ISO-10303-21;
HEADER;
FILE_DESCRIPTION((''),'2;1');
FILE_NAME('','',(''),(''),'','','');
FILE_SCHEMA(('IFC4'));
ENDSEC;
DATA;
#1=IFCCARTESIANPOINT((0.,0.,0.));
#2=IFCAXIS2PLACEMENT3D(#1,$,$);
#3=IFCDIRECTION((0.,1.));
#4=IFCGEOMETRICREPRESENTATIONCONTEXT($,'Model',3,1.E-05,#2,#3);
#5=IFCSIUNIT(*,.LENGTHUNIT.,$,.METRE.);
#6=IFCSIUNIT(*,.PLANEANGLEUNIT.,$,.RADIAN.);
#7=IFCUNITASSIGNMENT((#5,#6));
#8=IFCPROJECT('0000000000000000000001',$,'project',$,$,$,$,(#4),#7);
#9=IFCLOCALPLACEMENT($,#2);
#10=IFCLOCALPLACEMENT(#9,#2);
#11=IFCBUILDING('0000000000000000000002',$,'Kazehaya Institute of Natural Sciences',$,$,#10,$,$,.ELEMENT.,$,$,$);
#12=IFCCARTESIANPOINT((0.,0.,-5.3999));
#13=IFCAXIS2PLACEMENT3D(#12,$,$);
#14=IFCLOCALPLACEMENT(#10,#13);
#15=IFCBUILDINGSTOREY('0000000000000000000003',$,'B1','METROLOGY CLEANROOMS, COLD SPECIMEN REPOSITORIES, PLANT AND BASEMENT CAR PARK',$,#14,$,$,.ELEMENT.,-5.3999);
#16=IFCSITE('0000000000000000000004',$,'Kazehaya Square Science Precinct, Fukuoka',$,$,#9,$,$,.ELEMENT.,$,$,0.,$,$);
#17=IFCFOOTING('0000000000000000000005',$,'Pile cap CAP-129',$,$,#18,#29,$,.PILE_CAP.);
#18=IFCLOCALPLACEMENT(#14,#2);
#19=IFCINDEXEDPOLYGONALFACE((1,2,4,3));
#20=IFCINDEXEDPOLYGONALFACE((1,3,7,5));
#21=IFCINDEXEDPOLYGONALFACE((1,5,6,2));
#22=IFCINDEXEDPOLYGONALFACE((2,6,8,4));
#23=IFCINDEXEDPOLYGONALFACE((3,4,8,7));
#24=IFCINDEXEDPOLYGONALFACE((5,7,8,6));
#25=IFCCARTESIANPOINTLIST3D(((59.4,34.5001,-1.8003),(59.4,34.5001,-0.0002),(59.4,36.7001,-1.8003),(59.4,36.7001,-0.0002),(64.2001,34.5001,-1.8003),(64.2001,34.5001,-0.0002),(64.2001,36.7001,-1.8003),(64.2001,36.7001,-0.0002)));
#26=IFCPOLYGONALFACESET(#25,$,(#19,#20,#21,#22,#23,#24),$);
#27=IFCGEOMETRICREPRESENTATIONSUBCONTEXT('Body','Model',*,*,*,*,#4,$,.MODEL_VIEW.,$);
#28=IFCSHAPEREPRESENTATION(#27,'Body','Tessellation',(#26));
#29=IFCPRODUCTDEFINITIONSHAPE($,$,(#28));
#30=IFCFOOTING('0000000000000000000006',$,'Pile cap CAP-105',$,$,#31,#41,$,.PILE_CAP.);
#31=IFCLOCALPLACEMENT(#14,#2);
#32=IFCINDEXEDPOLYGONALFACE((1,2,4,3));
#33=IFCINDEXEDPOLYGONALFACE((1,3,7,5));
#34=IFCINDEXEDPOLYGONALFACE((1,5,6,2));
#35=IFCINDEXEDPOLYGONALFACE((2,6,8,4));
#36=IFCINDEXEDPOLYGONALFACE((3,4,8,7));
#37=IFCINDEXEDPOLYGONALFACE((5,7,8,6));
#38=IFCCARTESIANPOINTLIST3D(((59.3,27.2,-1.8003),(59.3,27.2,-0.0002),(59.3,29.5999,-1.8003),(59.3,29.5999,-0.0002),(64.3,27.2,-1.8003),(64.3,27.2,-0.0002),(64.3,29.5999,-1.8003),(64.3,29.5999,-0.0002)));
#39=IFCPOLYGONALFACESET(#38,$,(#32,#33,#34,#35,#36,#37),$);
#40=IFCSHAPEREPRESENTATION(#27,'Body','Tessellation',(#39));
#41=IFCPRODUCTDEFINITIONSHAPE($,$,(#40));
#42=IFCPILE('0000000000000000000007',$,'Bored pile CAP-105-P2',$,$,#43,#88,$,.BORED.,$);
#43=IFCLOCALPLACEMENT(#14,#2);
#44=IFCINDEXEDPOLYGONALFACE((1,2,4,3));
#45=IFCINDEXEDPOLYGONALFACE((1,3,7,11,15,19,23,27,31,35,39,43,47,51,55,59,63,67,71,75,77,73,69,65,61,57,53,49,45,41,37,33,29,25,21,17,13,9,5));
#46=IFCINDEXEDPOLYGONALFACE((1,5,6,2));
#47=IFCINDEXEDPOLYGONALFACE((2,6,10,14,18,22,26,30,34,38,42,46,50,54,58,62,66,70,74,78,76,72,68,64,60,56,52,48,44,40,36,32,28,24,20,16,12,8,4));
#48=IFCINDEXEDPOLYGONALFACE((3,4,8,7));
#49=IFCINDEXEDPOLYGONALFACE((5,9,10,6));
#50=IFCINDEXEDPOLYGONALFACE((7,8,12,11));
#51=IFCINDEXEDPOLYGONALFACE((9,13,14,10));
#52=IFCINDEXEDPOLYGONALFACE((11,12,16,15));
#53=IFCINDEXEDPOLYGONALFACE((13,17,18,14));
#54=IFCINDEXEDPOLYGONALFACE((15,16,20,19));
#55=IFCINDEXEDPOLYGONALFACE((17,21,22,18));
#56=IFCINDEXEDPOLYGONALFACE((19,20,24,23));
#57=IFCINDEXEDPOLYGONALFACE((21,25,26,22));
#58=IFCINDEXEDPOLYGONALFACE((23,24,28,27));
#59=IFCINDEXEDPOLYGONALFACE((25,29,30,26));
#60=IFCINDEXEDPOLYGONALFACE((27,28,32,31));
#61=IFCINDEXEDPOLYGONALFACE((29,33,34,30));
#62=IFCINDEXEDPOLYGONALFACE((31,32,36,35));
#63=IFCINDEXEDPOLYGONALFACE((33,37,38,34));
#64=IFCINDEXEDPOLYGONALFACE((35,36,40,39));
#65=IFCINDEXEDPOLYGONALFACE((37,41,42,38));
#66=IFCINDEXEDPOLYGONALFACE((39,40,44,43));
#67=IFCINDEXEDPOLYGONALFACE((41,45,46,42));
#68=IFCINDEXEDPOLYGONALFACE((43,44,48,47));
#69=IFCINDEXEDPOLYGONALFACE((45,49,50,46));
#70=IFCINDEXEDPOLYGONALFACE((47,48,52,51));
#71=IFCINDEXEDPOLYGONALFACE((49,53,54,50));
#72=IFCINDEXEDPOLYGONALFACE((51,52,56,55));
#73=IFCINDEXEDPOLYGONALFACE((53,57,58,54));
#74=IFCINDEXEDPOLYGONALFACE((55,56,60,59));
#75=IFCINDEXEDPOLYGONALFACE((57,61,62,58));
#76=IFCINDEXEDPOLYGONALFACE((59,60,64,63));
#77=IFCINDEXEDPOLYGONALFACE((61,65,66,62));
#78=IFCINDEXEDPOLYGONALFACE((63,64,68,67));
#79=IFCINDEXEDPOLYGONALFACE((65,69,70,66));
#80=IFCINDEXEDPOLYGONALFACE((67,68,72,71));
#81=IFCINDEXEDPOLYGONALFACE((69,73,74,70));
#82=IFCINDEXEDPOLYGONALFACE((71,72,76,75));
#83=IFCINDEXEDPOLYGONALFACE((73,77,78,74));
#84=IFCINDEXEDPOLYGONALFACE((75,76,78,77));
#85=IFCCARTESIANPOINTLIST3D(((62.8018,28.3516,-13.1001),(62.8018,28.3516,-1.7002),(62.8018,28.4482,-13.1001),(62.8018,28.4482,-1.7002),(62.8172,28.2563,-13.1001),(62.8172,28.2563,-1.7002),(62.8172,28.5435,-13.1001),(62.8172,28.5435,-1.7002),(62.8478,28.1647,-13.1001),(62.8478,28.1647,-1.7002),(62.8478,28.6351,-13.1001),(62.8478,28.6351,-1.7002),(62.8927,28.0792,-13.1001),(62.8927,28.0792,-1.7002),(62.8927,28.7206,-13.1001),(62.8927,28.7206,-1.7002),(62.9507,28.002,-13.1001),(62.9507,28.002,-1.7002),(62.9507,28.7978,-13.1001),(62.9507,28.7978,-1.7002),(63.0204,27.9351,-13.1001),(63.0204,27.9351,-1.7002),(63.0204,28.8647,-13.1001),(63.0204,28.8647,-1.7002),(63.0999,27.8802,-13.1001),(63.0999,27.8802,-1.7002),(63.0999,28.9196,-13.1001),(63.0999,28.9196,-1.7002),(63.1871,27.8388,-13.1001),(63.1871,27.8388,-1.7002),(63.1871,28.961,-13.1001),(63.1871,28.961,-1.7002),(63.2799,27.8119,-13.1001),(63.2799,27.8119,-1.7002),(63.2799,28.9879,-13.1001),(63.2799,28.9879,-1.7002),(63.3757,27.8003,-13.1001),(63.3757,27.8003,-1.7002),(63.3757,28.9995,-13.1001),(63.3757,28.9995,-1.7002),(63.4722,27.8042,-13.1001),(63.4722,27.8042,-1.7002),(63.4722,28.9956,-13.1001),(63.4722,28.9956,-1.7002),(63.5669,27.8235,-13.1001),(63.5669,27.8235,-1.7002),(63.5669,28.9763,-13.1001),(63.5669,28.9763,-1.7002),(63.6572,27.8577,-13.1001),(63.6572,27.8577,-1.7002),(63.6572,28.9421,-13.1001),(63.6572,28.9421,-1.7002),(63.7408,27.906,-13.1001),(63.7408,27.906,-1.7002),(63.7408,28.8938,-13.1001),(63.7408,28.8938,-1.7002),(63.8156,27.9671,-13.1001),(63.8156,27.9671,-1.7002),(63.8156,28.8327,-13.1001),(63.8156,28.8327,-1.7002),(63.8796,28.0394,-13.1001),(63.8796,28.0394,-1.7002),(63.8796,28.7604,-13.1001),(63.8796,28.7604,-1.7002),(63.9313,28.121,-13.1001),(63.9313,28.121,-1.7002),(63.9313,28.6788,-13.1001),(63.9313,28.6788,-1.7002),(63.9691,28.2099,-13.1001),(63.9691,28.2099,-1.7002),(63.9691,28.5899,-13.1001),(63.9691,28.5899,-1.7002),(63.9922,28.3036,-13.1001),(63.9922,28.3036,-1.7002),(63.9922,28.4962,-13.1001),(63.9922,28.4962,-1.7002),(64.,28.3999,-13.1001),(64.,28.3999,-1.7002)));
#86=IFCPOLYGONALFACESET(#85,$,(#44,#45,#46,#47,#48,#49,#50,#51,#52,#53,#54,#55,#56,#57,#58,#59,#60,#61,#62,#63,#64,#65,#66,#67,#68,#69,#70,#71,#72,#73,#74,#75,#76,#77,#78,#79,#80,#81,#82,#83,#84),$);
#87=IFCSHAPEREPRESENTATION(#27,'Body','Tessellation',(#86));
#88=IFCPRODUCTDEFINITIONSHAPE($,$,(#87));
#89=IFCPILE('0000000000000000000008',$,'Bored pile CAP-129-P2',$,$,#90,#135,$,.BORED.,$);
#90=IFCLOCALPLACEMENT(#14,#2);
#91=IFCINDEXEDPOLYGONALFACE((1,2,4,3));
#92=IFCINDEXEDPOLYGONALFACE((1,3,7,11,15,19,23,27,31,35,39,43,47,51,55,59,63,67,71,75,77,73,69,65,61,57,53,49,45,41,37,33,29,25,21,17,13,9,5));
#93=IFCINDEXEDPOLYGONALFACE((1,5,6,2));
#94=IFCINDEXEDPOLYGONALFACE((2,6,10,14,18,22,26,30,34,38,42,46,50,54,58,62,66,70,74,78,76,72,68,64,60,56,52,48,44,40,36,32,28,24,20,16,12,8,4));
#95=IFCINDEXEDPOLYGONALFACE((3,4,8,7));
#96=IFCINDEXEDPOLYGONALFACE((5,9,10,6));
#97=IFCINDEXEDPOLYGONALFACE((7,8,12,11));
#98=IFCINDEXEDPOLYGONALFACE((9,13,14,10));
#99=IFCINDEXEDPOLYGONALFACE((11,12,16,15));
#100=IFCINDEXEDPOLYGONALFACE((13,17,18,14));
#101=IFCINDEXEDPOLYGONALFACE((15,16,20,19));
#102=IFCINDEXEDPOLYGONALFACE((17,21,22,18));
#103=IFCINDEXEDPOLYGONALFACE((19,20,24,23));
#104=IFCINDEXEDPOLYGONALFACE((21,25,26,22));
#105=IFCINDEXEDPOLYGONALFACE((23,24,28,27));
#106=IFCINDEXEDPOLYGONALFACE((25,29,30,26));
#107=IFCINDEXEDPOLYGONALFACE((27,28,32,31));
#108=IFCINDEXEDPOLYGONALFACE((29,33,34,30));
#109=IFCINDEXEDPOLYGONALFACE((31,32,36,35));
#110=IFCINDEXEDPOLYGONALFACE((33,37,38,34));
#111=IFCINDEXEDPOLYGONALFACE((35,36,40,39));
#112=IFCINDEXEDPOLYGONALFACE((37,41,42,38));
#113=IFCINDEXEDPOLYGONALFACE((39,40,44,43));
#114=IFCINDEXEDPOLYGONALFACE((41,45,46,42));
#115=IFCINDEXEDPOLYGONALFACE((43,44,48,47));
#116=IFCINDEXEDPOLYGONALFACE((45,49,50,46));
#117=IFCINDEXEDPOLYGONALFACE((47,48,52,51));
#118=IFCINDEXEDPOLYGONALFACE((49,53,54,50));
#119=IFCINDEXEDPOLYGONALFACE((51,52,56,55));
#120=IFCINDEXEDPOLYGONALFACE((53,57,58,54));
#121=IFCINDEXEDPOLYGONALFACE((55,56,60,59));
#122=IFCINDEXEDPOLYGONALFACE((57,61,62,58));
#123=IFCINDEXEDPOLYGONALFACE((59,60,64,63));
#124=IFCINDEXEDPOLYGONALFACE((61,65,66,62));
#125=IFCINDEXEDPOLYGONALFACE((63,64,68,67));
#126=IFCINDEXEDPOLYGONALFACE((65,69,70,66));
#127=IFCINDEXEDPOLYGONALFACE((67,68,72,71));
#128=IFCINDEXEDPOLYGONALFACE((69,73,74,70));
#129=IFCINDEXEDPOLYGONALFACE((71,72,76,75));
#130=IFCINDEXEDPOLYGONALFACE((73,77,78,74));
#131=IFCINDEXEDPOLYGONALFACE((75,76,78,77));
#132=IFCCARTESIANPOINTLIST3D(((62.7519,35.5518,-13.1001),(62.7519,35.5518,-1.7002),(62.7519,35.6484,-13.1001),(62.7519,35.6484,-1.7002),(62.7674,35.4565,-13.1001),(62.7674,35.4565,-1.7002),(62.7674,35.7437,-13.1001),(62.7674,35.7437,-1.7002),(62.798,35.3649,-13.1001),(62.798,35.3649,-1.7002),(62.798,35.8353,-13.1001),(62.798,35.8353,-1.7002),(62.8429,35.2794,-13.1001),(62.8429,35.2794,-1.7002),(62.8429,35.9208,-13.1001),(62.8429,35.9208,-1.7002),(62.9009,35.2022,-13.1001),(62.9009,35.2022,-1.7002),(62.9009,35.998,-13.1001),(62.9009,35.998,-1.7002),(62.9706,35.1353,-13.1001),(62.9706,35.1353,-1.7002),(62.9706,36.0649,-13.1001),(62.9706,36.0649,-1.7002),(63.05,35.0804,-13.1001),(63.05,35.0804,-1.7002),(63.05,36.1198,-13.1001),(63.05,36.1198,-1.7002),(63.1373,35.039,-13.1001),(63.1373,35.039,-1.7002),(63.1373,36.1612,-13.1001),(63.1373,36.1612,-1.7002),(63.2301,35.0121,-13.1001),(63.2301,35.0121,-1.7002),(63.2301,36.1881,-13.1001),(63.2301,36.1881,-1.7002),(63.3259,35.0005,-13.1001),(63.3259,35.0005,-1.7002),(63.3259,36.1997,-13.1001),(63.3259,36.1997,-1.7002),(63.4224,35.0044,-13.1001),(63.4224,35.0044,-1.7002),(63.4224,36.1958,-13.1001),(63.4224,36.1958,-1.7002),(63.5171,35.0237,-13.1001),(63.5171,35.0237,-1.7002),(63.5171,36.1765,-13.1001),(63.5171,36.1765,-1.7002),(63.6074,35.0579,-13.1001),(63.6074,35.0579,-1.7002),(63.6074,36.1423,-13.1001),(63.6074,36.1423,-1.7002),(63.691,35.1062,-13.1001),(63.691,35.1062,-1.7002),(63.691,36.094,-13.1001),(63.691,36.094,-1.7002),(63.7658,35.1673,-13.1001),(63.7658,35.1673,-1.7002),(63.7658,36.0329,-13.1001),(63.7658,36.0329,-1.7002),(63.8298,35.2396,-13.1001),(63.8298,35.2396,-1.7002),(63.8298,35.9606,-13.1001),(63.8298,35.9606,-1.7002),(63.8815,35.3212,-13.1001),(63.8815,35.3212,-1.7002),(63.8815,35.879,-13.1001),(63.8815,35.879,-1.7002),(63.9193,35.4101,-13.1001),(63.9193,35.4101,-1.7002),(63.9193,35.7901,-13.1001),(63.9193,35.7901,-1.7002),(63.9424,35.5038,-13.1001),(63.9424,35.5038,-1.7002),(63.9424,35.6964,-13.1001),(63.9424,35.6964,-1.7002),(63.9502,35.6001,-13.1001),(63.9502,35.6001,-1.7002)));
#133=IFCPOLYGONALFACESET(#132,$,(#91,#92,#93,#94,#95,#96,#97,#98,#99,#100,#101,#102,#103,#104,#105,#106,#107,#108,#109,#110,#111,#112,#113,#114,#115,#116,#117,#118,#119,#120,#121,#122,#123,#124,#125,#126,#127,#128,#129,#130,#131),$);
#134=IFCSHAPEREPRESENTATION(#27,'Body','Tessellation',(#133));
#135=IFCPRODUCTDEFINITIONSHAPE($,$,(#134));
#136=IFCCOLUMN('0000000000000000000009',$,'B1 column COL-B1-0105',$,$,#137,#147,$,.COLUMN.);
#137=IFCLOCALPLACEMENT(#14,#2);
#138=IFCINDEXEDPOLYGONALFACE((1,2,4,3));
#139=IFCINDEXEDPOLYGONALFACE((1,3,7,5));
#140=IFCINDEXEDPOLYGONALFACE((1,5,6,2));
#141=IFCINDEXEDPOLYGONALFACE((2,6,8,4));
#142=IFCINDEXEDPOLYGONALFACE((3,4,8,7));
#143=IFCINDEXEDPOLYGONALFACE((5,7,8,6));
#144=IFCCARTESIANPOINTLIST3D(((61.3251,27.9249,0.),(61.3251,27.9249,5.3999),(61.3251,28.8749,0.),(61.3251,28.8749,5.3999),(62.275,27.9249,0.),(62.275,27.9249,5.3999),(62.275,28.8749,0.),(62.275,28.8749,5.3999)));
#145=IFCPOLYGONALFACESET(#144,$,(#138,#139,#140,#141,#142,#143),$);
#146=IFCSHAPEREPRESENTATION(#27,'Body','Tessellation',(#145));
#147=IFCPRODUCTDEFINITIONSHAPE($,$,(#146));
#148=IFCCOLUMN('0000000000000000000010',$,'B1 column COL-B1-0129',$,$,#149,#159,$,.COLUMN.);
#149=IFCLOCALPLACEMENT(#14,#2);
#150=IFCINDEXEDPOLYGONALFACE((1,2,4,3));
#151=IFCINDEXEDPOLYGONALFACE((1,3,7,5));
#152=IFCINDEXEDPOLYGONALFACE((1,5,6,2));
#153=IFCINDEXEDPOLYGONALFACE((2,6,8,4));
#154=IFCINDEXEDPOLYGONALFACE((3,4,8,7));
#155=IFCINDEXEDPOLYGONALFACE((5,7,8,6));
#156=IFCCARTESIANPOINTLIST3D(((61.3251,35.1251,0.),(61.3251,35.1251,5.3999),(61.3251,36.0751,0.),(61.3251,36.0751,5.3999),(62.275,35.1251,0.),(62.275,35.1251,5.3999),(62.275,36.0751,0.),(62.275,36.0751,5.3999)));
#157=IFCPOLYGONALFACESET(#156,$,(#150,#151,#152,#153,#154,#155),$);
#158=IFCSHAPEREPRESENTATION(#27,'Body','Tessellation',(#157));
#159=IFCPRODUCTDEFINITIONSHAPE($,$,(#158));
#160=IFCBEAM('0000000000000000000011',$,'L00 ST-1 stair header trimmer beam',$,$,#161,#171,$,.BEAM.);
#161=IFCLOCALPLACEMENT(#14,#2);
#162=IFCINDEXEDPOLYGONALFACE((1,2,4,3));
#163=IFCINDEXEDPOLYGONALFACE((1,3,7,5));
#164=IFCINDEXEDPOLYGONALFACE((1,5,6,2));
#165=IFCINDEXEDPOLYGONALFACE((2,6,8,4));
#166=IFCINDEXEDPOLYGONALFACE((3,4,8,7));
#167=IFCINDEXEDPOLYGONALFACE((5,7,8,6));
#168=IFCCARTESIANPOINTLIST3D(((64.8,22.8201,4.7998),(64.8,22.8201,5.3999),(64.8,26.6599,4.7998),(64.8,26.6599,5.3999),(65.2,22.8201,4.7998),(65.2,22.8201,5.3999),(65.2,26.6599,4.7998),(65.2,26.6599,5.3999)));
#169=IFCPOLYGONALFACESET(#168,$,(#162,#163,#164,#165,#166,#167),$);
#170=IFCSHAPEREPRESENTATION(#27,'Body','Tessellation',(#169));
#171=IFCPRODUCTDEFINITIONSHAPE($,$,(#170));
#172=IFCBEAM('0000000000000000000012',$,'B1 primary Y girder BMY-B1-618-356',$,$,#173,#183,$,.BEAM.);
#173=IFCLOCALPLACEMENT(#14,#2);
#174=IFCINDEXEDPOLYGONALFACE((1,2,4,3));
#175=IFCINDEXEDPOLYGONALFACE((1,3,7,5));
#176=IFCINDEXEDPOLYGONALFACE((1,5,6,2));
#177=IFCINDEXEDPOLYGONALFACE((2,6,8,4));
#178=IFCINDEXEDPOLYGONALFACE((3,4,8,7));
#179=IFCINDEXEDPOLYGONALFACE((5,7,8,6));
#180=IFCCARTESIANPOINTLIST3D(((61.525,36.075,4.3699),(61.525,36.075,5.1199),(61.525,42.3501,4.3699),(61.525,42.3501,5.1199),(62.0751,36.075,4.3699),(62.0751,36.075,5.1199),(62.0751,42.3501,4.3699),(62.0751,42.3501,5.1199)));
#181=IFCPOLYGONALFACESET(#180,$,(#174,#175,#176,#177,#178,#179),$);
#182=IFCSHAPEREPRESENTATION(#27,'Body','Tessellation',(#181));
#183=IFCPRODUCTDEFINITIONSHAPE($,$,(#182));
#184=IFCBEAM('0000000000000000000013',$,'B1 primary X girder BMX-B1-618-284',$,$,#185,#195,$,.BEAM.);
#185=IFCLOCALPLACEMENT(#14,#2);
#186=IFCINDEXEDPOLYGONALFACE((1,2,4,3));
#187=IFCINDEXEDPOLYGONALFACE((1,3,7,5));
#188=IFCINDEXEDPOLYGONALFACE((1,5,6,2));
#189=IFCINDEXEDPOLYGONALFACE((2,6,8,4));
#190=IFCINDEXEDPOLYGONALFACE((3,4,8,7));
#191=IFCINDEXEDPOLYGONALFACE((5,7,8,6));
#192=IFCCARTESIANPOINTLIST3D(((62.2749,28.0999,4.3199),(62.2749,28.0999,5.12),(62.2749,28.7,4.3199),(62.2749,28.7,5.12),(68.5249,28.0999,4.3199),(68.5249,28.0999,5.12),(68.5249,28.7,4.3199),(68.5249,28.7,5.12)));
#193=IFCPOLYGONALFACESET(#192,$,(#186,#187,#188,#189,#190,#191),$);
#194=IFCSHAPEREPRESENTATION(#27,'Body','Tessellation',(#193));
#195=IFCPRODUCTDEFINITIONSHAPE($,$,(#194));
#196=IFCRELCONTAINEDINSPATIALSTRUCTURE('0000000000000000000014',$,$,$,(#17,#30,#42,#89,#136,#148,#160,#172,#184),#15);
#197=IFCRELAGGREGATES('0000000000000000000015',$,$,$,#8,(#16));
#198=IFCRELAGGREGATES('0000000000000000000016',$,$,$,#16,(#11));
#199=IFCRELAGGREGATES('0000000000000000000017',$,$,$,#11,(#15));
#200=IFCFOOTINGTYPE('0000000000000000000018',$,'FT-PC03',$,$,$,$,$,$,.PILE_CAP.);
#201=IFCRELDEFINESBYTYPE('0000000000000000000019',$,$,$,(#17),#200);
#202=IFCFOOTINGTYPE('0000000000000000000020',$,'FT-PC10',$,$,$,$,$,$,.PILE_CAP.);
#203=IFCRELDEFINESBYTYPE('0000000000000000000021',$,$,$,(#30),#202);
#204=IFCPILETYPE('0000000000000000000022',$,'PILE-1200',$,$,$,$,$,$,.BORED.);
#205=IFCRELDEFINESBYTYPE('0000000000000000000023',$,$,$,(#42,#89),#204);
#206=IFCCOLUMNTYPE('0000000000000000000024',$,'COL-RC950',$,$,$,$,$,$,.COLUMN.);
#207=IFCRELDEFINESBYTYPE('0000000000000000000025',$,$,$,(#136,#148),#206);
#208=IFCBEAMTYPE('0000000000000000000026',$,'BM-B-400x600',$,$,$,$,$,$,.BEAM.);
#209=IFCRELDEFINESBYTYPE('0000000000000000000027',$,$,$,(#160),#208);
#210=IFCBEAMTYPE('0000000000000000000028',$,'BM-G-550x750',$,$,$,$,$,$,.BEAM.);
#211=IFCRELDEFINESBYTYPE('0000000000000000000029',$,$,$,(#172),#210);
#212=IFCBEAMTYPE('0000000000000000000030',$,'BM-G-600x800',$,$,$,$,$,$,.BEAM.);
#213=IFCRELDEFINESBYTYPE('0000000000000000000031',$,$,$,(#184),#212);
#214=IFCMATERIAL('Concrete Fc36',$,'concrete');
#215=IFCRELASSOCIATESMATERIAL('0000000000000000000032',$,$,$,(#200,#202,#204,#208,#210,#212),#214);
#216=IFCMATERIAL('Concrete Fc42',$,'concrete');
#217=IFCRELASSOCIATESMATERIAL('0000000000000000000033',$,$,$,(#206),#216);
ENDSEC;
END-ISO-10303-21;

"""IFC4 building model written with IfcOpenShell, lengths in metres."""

from ifc_helpers import new_model, si_unit, direction, frame, origin, origin_2d, place, context, subcontext, project, spatial, rectangle, circle, extrude, material, material_profile, profile_set, type_object, element, save


model = new_model("IFC4")

# Units and contexts
model_context = context("Model", 3, precision=1e-05, world=origin(), true_north=direction((0.0, 1.0)))
body_context = subcontext(model_context, "Body", "Model", "MODEL_VIEW")
ifc_project = project(units=[si_unit("LENGTHUNIT", "METRE"), si_unit("PLANEANGLEUNIT", "RADIAN")], contexts=[model_context])

# Site, building, storey
site_placement = place(None, origin())
site = spatial("IfcSite", under=ifc_project, at=site_placement, Name="Kazehaya Square Science Precinct, Fukuoka", CompositionType="ELEMENT", RefElevation=0.0)
building_placement = place(site_placement, origin())
building = spatial("IfcBuilding", under=site, at=building_placement, Name="Kazehaya Institute of Natural Sciences", CompositionType="ELEMENT")
storey_placement = place(building_placement, frame((0.0, 0.0, -5.3999)))
storey = spatial("IfcBuildingStorey", under=building, at=storey_placement, Name="B1", Description="METROLOGY CLEANROOMS, COLD SPECIMEN REPOSITORIES, PLANT AND BASEMENT CAR PARK", CompositionType="ELEMENT", Elevation=-5.3999)

# Footings
ifc_material_1 = material(Name="Concrete Fc36", Category="concrete")
footing_type_1 = type_object("IfcFootingType", Name="FT-PC03", PredefinedType="PILE_CAP", material=ifc_material_1)
footing_1_placement = place(storey_placement, frame((61.8, 35.6001, -1.8003), z_axis=(0.0, 0.0, 1.0), x_axis=(1.0, 0.0, 0.0)))
element("IfcFooting", 1, at=footing_1_placement, inside=storey, type_object=footing_type_1, Name="Pile cap CAP-129", PredefinedType="PILE_CAP", context=body_context, shape_type="SweptSolid", body=[
    extrude(rectangle(XDim=4.8, YDim=2.2, at=origin_2d()), origin(), (0.0, 0.0, 1.0), 1.8),
])
footing_type_2 = type_object("IfcFootingType", Name="FT-PC10", PredefinedType="PILE_CAP", material=ifc_material_1)
footing_2_placement = place(storey_placement, frame((61.8, 28.3999, -1.8003), z_axis=(0.0, 0.0, 1.0), x_axis=(1.0, 0.0, 0.0)))
element("IfcFooting", 2, at=footing_2_placement, inside=storey, type_object=footing_type_2, Name="Pile cap CAP-105", PredefinedType="PILE_CAP", context=body_context, shape_type="SweptSolid", body=[
    extrude(rectangle(XDim=5.0, YDim=2.3999, at=origin_2d()), origin(), (0.0, 0.0, 1.0), 1.8),
])

# Piles
ifc_material_profile_1 = material_profile(ifc_material_1, circle(Radius=0.6001, at=origin_2d()), Name="PILE-1200")
ifc_profile_set_1 = profile_set([ifc_material_profile_1], Name="Concrete Fc36")
pile_type = type_object("IfcPileType", Name="PILE-1200", PredefinedType="BORED", material=ifc_profile_set_1)
for number, where, z_axis, x_axis, name in (
    (3, (63.3999, 28.3999, -1.7002), (0.0, 0.0, -1.0), (1.0, 0.0, 0.0), "Bored pile CAP-105-P2"),
    (4, (63.3501, 35.6001, -1.7002), (0.0, 0.0, -1.0), (1.0, 0.0, 0.0), "Bored pile CAP-129-P2"),
):
    element("IfcPile", number, at=place(storey_placement, frame(where, z_axis=z_axis, x_axis=x_axis)), inside=storey, type_object=pile_type, Name=name, PredefinedType="BORED", context=body_context, shape_type="SweptSolid", body=[
        extrude(circle(Radius=0.6001, at=origin_2d()), origin(), (0.0, 0.0, 1.0), 11.3999),
    ])

# Columns
ifc_material_2 = material(Name="Concrete Fc42", Category="concrete")
ifc_material_profile_2 = material_profile(ifc_material_2, rectangle(XDim=0.95, YDim=0.95, at=origin_2d()), Name="RC-950x950")
ifc_profile_set_2 = profile_set([ifc_material_profile_2], Name="Concrete Fc42")
column_type = type_object("IfcColumnType", Name="COL-RC950", PredefinedType="COLUMN", material=ifc_profile_set_2)
for number, where, z_axis, x_axis, name in (
    (5, (61.8, 28.3999, 0.0), (0.0, 0.0, 1.0), (1.0, 0.0, 0.0), "B1 column COL-B1-0105"),
    (6, (61.8, 35.6001, 0.0), (0.0, 0.0, 1.0), (1.0, 0.0, 0.0), "B1 column COL-B1-0129"),
):
    element("IfcColumn", number, at=place(storey_placement, frame(where, z_axis=z_axis, x_axis=x_axis)), inside=storey, type_object=column_type, Name=name, PredefinedType="COLUMN", context=body_context, shape_type="SweptSolid", body=[
        extrude(rectangle(XDim=0.95, YDim=0.95, at=origin_2d()), origin(), (0.0, 0.0, 1.0), 5.3999),
    ])

# Beams
ifc_material_profile_3 = material_profile(ifc_material_1, rectangle(XDim=0.3999, YDim=0.6001, at=origin_2d()), Name="RC-400x600")
ifc_profile_set_3 = profile_set([ifc_material_profile_3], Name="Concrete Fc36")
beam_type_1 = type_object("IfcBeamType", Name="BM-B-400x600", PredefinedType="BEAM", material=ifc_profile_set_3)
beam_1_placement = place(storey_placement, frame((65.0, 22.8201, 5.0999), z_axis=(0.0, 1.0, 0.0), x_axis=(-1.0, 0.0, 0.0)))
element("IfcBeam", 7, at=beam_1_placement, inside=storey, type_object=beam_type_1, Name="L00 ST-1 stair header trimmer beam", PredefinedType="BEAM", context=body_context, shape_type="SweptSolid", body=[
    extrude(rectangle(XDim=0.3999, YDim=0.6001, at=origin_2d()), origin(), (0.0, 0.0, 1.0), 3.8398),
])
ifc_material_profile_4 = material_profile(ifc_material_1, rectangle(XDim=0.55, YDim=0.75, at=origin_2d()), Name="RC-550x750")
ifc_profile_set_4 = profile_set([ifc_material_profile_4], Name="Concrete Fc36")
beam_type_2 = type_object("IfcBeamType", Name="BM-G-550x750", PredefinedType="BEAM", material=ifc_profile_set_4)
beam_2_placement = place(storey_placement, frame((61.8, 36.075, 4.7449), z_axis=(0.0, 1.0, 0.0), x_axis=(-1.0, 0.0, 0.0)))
element("IfcBeam", 8, at=beam_2_placement, inside=storey, type_object=beam_type_2, Name="B1 primary Y girder BMY-B1-618-356", PredefinedType="BEAM", context=body_context, shape_type="SweptSolid", body=[
    extrude(rectangle(XDim=0.55, YDim=0.75, at=origin_2d()), origin(), (0.0, 0.0, 1.0), 6.2751),
])
ifc_material_profile_5 = material_profile(ifc_material_1, rectangle(XDim=0.6001, YDim=0.8, at=origin_2d()), Name="RC-600x800")
ifc_profile_set_5 = profile_set([ifc_material_profile_5], Name="Concrete Fc36")
beam_type_3 = type_object("IfcBeamType", Name="BM-G-600x800", PredefinedType="BEAM", material=ifc_profile_set_5)
for number, where, z_axis, x_axis, name in (
    (9, (62.2749, 28.3999, 4.72), (1.0, 0.0, 0.0), (0.0, 1.0, 0.0), "B1 primary X girder BMX-B1-618-284"),
):
    element("IfcBeam", number, at=place(storey_placement, frame(where, z_axis=z_axis, x_axis=x_axis)), inside=storey, type_object=beam_type_3, Name=name, PredefinedType="BEAM", context=body_context, shape_type="SweptSolid", body=[
        extrude(rectangle(XDim=0.6001, YDim=0.8, at=origin_2d()), origin(), (0.0, 0.0, 1.0), 6.25),
    ])

save(model, "model.ifc")
